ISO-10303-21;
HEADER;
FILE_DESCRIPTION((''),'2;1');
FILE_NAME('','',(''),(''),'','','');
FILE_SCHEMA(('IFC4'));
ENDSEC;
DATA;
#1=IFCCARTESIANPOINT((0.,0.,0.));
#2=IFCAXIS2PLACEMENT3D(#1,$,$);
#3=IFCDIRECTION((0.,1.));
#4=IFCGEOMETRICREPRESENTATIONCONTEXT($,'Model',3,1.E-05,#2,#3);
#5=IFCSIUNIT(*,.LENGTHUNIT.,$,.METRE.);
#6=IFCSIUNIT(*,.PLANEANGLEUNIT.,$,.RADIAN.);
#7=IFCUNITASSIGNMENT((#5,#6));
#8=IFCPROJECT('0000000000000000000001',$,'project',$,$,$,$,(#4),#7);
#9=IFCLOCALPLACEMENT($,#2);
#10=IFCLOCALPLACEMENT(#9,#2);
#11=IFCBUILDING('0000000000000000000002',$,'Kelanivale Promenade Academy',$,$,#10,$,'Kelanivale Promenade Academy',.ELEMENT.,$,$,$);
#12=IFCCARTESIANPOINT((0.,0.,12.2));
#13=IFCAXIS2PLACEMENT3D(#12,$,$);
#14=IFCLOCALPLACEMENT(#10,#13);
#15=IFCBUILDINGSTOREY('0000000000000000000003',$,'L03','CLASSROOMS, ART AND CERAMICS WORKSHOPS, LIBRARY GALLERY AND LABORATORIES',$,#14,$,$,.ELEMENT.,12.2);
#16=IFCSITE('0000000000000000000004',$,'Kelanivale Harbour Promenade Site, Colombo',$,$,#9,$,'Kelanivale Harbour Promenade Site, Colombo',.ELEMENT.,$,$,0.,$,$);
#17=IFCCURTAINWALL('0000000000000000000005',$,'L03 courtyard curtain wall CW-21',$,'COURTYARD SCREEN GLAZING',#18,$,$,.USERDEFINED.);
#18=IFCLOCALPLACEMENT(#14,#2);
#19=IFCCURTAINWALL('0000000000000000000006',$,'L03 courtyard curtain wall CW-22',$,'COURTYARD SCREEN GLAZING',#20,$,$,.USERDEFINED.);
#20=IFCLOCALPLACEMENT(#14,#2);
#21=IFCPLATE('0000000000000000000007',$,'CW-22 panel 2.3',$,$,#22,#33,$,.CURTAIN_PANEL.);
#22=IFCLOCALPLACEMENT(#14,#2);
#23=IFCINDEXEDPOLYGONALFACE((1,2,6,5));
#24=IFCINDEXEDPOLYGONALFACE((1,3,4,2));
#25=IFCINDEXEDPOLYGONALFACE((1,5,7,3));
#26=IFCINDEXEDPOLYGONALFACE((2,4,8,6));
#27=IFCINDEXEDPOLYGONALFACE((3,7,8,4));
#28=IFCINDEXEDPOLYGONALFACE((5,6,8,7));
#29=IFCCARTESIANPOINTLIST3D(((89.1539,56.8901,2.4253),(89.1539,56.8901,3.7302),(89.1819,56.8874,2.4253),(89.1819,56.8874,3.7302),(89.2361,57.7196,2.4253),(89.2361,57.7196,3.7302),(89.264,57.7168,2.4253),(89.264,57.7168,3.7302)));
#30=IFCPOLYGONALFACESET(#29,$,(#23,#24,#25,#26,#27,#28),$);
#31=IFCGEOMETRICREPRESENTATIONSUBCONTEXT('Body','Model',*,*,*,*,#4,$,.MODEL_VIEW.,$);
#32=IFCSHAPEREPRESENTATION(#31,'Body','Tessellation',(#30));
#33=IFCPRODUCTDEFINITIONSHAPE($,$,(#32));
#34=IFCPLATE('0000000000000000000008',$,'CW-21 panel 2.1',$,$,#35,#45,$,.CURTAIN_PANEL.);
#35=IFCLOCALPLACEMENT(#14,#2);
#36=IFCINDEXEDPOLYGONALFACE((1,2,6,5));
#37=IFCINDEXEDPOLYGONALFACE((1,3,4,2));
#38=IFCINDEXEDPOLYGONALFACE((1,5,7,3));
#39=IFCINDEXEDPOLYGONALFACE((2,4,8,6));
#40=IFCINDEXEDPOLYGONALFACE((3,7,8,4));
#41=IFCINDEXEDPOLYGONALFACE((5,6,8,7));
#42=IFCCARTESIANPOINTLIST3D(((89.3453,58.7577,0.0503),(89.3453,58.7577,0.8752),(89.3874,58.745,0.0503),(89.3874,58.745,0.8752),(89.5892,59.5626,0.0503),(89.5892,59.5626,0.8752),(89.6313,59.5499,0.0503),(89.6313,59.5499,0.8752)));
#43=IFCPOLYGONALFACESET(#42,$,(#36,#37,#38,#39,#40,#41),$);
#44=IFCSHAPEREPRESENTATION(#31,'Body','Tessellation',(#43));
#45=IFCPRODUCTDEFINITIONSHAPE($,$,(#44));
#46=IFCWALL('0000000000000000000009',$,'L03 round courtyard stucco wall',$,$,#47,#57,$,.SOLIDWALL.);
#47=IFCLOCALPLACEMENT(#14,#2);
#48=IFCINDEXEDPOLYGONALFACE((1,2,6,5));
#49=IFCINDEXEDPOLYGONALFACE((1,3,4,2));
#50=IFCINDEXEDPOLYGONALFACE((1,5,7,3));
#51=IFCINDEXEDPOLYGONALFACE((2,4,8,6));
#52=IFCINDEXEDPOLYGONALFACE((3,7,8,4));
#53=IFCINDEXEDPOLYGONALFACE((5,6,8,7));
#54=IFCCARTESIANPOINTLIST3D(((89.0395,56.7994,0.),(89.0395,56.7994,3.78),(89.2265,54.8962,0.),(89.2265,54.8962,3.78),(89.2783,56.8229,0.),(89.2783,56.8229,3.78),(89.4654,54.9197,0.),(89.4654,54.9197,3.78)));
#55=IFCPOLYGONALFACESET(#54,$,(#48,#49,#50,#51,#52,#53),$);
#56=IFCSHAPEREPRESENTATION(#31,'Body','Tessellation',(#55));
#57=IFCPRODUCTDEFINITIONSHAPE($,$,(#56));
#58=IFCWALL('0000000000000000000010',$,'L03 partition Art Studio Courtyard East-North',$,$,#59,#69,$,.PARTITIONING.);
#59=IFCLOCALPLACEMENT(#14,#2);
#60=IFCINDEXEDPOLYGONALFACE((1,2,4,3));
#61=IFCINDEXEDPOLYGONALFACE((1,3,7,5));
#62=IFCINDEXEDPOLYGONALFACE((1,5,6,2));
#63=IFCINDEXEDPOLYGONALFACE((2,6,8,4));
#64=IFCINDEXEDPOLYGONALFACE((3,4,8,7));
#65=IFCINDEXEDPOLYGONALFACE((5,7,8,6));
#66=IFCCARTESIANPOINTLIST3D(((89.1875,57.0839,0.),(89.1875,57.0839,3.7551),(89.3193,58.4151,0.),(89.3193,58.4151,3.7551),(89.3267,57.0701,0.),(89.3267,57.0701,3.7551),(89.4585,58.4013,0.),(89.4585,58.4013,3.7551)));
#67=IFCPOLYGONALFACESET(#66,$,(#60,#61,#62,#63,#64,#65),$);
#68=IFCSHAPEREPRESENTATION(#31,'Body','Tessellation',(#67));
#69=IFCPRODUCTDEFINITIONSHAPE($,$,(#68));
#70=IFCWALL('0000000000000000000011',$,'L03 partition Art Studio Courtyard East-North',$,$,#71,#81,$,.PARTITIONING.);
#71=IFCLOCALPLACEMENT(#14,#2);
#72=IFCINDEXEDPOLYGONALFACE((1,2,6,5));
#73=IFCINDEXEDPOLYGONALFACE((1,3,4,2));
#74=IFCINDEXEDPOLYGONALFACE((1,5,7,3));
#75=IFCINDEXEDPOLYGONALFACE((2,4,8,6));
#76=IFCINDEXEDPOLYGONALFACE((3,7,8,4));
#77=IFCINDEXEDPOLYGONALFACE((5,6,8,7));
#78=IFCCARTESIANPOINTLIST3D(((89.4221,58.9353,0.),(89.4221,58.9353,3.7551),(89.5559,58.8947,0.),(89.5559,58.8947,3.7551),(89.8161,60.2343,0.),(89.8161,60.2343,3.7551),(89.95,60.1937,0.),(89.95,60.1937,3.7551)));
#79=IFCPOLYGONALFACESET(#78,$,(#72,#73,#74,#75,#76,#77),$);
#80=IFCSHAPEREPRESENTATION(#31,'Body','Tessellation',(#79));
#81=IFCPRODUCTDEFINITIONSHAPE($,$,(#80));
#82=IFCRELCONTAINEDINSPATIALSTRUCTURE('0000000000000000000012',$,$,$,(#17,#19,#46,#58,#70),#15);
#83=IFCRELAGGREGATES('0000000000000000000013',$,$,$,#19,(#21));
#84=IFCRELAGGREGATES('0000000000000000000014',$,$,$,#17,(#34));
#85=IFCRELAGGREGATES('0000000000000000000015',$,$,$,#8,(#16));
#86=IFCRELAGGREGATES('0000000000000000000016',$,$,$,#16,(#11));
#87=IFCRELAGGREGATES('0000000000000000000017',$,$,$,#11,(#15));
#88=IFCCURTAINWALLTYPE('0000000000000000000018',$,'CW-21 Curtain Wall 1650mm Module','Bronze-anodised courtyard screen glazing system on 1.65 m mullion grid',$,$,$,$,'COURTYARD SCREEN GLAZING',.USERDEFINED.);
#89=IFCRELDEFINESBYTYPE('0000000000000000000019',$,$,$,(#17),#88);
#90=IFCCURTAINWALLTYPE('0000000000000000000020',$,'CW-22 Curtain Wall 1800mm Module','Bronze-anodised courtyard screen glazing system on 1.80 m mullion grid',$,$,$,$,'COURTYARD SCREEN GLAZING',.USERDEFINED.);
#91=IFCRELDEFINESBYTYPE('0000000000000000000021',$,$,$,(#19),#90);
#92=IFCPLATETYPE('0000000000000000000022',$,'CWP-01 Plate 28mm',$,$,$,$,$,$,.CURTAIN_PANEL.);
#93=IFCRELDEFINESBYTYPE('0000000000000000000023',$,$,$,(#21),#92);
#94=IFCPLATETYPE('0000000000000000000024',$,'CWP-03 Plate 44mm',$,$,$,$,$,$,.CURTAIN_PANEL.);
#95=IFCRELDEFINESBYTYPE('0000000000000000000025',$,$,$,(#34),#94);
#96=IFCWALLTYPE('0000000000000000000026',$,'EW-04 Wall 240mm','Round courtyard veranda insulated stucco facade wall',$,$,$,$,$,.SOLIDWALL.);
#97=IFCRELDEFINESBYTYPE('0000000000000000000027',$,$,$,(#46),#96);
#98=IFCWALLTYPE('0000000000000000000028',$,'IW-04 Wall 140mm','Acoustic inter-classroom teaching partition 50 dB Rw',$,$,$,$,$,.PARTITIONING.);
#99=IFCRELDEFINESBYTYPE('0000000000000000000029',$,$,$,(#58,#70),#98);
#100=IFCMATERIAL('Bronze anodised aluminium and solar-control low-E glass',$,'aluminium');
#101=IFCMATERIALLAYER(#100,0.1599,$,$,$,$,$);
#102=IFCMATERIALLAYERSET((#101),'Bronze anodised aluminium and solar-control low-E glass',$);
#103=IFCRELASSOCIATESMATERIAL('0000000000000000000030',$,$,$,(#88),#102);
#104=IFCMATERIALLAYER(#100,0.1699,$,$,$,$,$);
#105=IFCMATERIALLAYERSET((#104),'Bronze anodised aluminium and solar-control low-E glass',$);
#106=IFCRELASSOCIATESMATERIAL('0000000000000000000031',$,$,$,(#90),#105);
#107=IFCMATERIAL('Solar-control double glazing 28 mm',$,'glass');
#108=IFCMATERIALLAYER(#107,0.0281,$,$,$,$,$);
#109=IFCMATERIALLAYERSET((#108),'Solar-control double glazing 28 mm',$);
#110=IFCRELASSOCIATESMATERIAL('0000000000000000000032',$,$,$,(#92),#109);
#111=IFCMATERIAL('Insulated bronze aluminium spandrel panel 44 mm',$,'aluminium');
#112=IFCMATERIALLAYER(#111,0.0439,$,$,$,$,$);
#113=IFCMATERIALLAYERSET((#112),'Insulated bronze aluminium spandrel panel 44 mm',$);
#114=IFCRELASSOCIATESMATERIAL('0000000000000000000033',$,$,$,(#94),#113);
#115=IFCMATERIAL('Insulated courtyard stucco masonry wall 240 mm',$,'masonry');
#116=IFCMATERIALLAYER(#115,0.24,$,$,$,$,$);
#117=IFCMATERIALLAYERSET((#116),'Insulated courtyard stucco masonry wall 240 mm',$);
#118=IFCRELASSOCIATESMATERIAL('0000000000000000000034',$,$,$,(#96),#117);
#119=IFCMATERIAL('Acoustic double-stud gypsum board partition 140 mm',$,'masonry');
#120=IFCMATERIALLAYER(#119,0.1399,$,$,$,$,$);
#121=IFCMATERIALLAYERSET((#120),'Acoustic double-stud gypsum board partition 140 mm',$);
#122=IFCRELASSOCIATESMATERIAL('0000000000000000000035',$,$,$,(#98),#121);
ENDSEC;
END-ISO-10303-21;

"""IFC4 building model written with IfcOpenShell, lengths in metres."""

from ifc_helpers import new_model, si_unit, direction, frame, frame_2d, origin, origin_2d, place, context, subcontext, project, spatial, rectangle, extrude, material, layer, layer_set, type_object, element, aggregate, save


model = new_model("IFC4")

# Units and contexts
model_context = context("Model", 3, precision=1e-05, world=origin(), true_north=direction((0.0, 1.0)))
body_context = subcontext(model_context, "Body", "Model", "MODEL_VIEW")
ifc_project = project(units=[si_unit("LENGTHUNIT", "METRE"), si_unit("PLANEANGLEUNIT", "RADIAN")], contexts=[model_context])

# Site, building, storey
site_placement = place(None, origin())
site = spatial("IfcSite", under=ifc_project, at=site_placement, Name="Kelanivale Harbour Promenade Site, Colombo", LongName="Kelanivale Harbour Promenade Site, Colombo", CompositionType="ELEMENT", RefElevation=0.0)
building_placement = place(site_placement, origin())
building = spatial("IfcBuilding", under=site, at=building_placement, Name="Kelanivale Promenade Academy", LongName="Kelanivale Promenade Academy", CompositionType="ELEMENT")
storey_placement = place(building_placement, frame((0.0, 0.0, 12.2)))
storey = spatial("IfcBuildingStorey", under=building, at=storey_placement, Name="L03", Description="CLASSROOMS, ART AND CERAMICS WORKSHOPS, LIBRARY GALLERY AND LABORATORIES", CompositionType="ELEMENT", Elevation=12.2)

# Curtain wall
ifc_material_1 = material(Name="Bronze anodised aluminium and solar-control low-E glass", Category="aluminium")
ifc_layer_1 = layer(ifc_material_1, 0.1599)
ifc_layer_set_1 = layer_set([ifc_layer_1], Name="Bronze anodised aluminium and solar-control low-E glass")
curtain_wall_type_1 = type_object("IfcCurtainWallType", Name="CW-21 Curtain Wall 1650mm Module", Description="Bronze-anodised courtyard screen glazing system on 1.65 m mullion grid", ElementType="COURTYARD SCREEN GLAZING", PredefinedType="USERDEFINED", material=ifc_layer_set_1)
curtain_wall_1_placement = place(storey_placement, origin())
curtain_wall_1 = element("IfcCurtainWall", 1, at=curtain_wall_1_placement, inside=storey, type_object=curtain_wall_type_1, Name="L03 courtyard curtain wall CW-21", ObjectType="COURTYARD SCREEN GLAZING", PredefinedType="USERDEFINED")

# Curtain wall
ifc_layer_2 = layer(ifc_material_1, 0.1699)
ifc_layer_set_2 = layer_set([ifc_layer_2], Name="Bronze anodised aluminium and solar-control low-E glass")
curtain_wall_type_2 = type_object("IfcCurtainWallType", Name="CW-22 Curtain Wall 1800mm Module", Description="Bronze-anodised courtyard screen glazing system on 1.80 m mullion grid", ElementType="COURTYARD SCREEN GLAZING", PredefinedType="USERDEFINED", material=ifc_layer_set_2)
curtain_wall_2_placement = place(storey_placement, origin())
curtain_wall_2 = element("IfcCurtainWall", 2, at=curtain_wall_2_placement, inside=storey, type_object=curtain_wall_type_2, Name="L03 courtyard curtain wall CW-22", ObjectType="COURTYARD SCREEN GLAZING", PredefinedType="USERDEFINED")

# Plates
ifc_material_2 = material(Name="Solar-control double glazing 28 mm", Category="glass")
ifc_layer_3 = layer(ifc_material_2, 0.0281)
ifc_layer_set_3 = layer_set([ifc_layer_3], Name="Solar-control double glazing 28 mm")
plate_type_1 = type_object("IfcPlateType", Name="CWP-01 Plate 28mm", PredefinedType="CURTAIN_PANEL", material=ifc_layer_set_3)
plate_1_placement = place(storey_placement, frame((89.209, 57.3035, 2.4253), z_axis=(0.0, 0.0, 1.0), x_axis=(-0.098539, -0.995133, 0.0)))
plate_1 = element("IfcPlate", 3, at=plate_1_placement, type_object=plate_type_1, Name="CW-22 panel 2.3", PredefinedType="CURTAIN_PANEL", context=body_context, shape_type="SweptSolid", body=[
    extrude(rectangle(XDim=0.8335, YDim=0.0281, at=origin_2d()), origin(), (0.0, 0.0, 1.0), 1.3049),
])
aggregate(curtain_wall_2, [plate_1])
ifc_material_3 = material(Name="Insulated bronze aluminium spandrel panel 44 mm", Category="aluminium")
ifc_layer_4 = layer(ifc_material_3, 0.0439)
ifc_layer_set_4 = layer_set([ifc_layer_4], Name="Insulated bronze aluminium spandrel panel 44 mm")
plate_type_2 = type_object("IfcPlateType", Name="CWP-03 Plate 44mm", PredefinedType="CURTAIN_PANEL", material=ifc_layer_set_4)
plate_2_placement = place(storey_placement, frame((89.4883, 59.1538, 0.0503), z_axis=(0.0, 0.0, 1.0), x_axis=(-0.290007, -0.957024, 0.0)))
plate_2 = element("IfcPlate", 4, at=plate_2_placement, type_object=plate_type_2, Name="CW-21 panel 2.1", PredefinedType="CURTAIN_PANEL", context=body_context, shape_type="SweptSolid", body=[
    extrude(rectangle(XDim=0.8411, YDim=0.0439, at=origin_2d()), origin(), (0.0, 0.0, 1.0), 0.825),
])
aggregate(curtain_wall_1, [plate_2])

# Walls
ifc_material_4 = material(Name="Insulated courtyard stucco masonry wall 240 mm", Category="masonry")
ifc_layer_5 = layer(ifc_material_4, 0.24)
ifc_layer_set_5 = layer_set([ifc_layer_5], Name="Insulated courtyard stucco masonry wall 240 mm")
wall_type_1 = type_object("IfcWallType", Name="EW-04 Wall 240mm", Description="Round courtyard veranda insulated stucco facade wall", PredefinedType="SOLIDWALL", material=ifc_layer_set_5)
wall_1_placement = place(storey_placement, frame((89.1589, 56.811, 0.0), z_axis=(0.0, 0.0, 1.0), x_axis=(0.097797, -0.995206, 0.0)))
element("IfcWall", 5, at=wall_1_placement, inside=storey, type_object=wall_type_1, Name="L03 round courtyard stucco wall", PredefinedType="SOLIDWALL", context=body_context, shape_type="SweptSolid", body=[
    extrude(rectangle(XDim=1.9124, YDim=0.24, at=frame_2d((0.9561, 0.0))), origin(), (0.0, 0.0, 1.0), 3.78),
])
ifc_material_5 = material(Name="Acoustic double-stud gypsum board partition 140 mm", Category="masonry")
ifc_layer_6 = layer(ifc_material_5, 0.1399)
ifc_layer_set_6 = layer_set([ifc_layer_6], Name="Acoustic double-stud gypsum board partition 140 mm")
wall_type_2 = type_object("IfcWallType", Name="IW-04 Wall 140mm", Description="Acoustic inter-classroom teaching partition 50 dB Rw", PredefinedType="PARTITIONING", material=ifc_layer_set_6)
wall_2_placement = place(storey_placement, frame((89.2571, 57.0769, 0.0), z_axis=(0.0, 0.0, 1.0), x_axis=(0.098564, 0.995131, 0.0)))
element("IfcWall", 6, at=wall_2_placement, inside=storey, type_object=wall_type_2, Name="L03 partition Art Studio Courtyard East-North", PredefinedType="PARTITIONING", context=body_context, shape_type="SweptSolid", body=[
    extrude(rectangle(XDim=1.3376, YDim=0.1399, at=frame_2d((0.6689, 0.0))), origin(), (0.0, 0.0, 1.0), 3.7551),
])
wall_3_placement = place(storey_placement, frame((89.489, 58.915, 0.0), z_axis=(0.0, 0.0, 1.0), x_axis=(0.290267, 0.956946, 0.0)))
element("IfcWall", 7, at=wall_3_placement, inside=storey, type_object=wall_type_2, Name="L03 partition Art Studio Courtyard East-North", PredefinedType="PARTITIONING", context=body_context, shape_type="SweptSolid", body=[
    extrude(rectangle(XDim=1.3574, YDim=0.1399, at=frame_2d((0.6787, 0.0))), origin(), (0.0, 0.0, 1.0), 3.7551),
])

save(model, "model.ifc")
